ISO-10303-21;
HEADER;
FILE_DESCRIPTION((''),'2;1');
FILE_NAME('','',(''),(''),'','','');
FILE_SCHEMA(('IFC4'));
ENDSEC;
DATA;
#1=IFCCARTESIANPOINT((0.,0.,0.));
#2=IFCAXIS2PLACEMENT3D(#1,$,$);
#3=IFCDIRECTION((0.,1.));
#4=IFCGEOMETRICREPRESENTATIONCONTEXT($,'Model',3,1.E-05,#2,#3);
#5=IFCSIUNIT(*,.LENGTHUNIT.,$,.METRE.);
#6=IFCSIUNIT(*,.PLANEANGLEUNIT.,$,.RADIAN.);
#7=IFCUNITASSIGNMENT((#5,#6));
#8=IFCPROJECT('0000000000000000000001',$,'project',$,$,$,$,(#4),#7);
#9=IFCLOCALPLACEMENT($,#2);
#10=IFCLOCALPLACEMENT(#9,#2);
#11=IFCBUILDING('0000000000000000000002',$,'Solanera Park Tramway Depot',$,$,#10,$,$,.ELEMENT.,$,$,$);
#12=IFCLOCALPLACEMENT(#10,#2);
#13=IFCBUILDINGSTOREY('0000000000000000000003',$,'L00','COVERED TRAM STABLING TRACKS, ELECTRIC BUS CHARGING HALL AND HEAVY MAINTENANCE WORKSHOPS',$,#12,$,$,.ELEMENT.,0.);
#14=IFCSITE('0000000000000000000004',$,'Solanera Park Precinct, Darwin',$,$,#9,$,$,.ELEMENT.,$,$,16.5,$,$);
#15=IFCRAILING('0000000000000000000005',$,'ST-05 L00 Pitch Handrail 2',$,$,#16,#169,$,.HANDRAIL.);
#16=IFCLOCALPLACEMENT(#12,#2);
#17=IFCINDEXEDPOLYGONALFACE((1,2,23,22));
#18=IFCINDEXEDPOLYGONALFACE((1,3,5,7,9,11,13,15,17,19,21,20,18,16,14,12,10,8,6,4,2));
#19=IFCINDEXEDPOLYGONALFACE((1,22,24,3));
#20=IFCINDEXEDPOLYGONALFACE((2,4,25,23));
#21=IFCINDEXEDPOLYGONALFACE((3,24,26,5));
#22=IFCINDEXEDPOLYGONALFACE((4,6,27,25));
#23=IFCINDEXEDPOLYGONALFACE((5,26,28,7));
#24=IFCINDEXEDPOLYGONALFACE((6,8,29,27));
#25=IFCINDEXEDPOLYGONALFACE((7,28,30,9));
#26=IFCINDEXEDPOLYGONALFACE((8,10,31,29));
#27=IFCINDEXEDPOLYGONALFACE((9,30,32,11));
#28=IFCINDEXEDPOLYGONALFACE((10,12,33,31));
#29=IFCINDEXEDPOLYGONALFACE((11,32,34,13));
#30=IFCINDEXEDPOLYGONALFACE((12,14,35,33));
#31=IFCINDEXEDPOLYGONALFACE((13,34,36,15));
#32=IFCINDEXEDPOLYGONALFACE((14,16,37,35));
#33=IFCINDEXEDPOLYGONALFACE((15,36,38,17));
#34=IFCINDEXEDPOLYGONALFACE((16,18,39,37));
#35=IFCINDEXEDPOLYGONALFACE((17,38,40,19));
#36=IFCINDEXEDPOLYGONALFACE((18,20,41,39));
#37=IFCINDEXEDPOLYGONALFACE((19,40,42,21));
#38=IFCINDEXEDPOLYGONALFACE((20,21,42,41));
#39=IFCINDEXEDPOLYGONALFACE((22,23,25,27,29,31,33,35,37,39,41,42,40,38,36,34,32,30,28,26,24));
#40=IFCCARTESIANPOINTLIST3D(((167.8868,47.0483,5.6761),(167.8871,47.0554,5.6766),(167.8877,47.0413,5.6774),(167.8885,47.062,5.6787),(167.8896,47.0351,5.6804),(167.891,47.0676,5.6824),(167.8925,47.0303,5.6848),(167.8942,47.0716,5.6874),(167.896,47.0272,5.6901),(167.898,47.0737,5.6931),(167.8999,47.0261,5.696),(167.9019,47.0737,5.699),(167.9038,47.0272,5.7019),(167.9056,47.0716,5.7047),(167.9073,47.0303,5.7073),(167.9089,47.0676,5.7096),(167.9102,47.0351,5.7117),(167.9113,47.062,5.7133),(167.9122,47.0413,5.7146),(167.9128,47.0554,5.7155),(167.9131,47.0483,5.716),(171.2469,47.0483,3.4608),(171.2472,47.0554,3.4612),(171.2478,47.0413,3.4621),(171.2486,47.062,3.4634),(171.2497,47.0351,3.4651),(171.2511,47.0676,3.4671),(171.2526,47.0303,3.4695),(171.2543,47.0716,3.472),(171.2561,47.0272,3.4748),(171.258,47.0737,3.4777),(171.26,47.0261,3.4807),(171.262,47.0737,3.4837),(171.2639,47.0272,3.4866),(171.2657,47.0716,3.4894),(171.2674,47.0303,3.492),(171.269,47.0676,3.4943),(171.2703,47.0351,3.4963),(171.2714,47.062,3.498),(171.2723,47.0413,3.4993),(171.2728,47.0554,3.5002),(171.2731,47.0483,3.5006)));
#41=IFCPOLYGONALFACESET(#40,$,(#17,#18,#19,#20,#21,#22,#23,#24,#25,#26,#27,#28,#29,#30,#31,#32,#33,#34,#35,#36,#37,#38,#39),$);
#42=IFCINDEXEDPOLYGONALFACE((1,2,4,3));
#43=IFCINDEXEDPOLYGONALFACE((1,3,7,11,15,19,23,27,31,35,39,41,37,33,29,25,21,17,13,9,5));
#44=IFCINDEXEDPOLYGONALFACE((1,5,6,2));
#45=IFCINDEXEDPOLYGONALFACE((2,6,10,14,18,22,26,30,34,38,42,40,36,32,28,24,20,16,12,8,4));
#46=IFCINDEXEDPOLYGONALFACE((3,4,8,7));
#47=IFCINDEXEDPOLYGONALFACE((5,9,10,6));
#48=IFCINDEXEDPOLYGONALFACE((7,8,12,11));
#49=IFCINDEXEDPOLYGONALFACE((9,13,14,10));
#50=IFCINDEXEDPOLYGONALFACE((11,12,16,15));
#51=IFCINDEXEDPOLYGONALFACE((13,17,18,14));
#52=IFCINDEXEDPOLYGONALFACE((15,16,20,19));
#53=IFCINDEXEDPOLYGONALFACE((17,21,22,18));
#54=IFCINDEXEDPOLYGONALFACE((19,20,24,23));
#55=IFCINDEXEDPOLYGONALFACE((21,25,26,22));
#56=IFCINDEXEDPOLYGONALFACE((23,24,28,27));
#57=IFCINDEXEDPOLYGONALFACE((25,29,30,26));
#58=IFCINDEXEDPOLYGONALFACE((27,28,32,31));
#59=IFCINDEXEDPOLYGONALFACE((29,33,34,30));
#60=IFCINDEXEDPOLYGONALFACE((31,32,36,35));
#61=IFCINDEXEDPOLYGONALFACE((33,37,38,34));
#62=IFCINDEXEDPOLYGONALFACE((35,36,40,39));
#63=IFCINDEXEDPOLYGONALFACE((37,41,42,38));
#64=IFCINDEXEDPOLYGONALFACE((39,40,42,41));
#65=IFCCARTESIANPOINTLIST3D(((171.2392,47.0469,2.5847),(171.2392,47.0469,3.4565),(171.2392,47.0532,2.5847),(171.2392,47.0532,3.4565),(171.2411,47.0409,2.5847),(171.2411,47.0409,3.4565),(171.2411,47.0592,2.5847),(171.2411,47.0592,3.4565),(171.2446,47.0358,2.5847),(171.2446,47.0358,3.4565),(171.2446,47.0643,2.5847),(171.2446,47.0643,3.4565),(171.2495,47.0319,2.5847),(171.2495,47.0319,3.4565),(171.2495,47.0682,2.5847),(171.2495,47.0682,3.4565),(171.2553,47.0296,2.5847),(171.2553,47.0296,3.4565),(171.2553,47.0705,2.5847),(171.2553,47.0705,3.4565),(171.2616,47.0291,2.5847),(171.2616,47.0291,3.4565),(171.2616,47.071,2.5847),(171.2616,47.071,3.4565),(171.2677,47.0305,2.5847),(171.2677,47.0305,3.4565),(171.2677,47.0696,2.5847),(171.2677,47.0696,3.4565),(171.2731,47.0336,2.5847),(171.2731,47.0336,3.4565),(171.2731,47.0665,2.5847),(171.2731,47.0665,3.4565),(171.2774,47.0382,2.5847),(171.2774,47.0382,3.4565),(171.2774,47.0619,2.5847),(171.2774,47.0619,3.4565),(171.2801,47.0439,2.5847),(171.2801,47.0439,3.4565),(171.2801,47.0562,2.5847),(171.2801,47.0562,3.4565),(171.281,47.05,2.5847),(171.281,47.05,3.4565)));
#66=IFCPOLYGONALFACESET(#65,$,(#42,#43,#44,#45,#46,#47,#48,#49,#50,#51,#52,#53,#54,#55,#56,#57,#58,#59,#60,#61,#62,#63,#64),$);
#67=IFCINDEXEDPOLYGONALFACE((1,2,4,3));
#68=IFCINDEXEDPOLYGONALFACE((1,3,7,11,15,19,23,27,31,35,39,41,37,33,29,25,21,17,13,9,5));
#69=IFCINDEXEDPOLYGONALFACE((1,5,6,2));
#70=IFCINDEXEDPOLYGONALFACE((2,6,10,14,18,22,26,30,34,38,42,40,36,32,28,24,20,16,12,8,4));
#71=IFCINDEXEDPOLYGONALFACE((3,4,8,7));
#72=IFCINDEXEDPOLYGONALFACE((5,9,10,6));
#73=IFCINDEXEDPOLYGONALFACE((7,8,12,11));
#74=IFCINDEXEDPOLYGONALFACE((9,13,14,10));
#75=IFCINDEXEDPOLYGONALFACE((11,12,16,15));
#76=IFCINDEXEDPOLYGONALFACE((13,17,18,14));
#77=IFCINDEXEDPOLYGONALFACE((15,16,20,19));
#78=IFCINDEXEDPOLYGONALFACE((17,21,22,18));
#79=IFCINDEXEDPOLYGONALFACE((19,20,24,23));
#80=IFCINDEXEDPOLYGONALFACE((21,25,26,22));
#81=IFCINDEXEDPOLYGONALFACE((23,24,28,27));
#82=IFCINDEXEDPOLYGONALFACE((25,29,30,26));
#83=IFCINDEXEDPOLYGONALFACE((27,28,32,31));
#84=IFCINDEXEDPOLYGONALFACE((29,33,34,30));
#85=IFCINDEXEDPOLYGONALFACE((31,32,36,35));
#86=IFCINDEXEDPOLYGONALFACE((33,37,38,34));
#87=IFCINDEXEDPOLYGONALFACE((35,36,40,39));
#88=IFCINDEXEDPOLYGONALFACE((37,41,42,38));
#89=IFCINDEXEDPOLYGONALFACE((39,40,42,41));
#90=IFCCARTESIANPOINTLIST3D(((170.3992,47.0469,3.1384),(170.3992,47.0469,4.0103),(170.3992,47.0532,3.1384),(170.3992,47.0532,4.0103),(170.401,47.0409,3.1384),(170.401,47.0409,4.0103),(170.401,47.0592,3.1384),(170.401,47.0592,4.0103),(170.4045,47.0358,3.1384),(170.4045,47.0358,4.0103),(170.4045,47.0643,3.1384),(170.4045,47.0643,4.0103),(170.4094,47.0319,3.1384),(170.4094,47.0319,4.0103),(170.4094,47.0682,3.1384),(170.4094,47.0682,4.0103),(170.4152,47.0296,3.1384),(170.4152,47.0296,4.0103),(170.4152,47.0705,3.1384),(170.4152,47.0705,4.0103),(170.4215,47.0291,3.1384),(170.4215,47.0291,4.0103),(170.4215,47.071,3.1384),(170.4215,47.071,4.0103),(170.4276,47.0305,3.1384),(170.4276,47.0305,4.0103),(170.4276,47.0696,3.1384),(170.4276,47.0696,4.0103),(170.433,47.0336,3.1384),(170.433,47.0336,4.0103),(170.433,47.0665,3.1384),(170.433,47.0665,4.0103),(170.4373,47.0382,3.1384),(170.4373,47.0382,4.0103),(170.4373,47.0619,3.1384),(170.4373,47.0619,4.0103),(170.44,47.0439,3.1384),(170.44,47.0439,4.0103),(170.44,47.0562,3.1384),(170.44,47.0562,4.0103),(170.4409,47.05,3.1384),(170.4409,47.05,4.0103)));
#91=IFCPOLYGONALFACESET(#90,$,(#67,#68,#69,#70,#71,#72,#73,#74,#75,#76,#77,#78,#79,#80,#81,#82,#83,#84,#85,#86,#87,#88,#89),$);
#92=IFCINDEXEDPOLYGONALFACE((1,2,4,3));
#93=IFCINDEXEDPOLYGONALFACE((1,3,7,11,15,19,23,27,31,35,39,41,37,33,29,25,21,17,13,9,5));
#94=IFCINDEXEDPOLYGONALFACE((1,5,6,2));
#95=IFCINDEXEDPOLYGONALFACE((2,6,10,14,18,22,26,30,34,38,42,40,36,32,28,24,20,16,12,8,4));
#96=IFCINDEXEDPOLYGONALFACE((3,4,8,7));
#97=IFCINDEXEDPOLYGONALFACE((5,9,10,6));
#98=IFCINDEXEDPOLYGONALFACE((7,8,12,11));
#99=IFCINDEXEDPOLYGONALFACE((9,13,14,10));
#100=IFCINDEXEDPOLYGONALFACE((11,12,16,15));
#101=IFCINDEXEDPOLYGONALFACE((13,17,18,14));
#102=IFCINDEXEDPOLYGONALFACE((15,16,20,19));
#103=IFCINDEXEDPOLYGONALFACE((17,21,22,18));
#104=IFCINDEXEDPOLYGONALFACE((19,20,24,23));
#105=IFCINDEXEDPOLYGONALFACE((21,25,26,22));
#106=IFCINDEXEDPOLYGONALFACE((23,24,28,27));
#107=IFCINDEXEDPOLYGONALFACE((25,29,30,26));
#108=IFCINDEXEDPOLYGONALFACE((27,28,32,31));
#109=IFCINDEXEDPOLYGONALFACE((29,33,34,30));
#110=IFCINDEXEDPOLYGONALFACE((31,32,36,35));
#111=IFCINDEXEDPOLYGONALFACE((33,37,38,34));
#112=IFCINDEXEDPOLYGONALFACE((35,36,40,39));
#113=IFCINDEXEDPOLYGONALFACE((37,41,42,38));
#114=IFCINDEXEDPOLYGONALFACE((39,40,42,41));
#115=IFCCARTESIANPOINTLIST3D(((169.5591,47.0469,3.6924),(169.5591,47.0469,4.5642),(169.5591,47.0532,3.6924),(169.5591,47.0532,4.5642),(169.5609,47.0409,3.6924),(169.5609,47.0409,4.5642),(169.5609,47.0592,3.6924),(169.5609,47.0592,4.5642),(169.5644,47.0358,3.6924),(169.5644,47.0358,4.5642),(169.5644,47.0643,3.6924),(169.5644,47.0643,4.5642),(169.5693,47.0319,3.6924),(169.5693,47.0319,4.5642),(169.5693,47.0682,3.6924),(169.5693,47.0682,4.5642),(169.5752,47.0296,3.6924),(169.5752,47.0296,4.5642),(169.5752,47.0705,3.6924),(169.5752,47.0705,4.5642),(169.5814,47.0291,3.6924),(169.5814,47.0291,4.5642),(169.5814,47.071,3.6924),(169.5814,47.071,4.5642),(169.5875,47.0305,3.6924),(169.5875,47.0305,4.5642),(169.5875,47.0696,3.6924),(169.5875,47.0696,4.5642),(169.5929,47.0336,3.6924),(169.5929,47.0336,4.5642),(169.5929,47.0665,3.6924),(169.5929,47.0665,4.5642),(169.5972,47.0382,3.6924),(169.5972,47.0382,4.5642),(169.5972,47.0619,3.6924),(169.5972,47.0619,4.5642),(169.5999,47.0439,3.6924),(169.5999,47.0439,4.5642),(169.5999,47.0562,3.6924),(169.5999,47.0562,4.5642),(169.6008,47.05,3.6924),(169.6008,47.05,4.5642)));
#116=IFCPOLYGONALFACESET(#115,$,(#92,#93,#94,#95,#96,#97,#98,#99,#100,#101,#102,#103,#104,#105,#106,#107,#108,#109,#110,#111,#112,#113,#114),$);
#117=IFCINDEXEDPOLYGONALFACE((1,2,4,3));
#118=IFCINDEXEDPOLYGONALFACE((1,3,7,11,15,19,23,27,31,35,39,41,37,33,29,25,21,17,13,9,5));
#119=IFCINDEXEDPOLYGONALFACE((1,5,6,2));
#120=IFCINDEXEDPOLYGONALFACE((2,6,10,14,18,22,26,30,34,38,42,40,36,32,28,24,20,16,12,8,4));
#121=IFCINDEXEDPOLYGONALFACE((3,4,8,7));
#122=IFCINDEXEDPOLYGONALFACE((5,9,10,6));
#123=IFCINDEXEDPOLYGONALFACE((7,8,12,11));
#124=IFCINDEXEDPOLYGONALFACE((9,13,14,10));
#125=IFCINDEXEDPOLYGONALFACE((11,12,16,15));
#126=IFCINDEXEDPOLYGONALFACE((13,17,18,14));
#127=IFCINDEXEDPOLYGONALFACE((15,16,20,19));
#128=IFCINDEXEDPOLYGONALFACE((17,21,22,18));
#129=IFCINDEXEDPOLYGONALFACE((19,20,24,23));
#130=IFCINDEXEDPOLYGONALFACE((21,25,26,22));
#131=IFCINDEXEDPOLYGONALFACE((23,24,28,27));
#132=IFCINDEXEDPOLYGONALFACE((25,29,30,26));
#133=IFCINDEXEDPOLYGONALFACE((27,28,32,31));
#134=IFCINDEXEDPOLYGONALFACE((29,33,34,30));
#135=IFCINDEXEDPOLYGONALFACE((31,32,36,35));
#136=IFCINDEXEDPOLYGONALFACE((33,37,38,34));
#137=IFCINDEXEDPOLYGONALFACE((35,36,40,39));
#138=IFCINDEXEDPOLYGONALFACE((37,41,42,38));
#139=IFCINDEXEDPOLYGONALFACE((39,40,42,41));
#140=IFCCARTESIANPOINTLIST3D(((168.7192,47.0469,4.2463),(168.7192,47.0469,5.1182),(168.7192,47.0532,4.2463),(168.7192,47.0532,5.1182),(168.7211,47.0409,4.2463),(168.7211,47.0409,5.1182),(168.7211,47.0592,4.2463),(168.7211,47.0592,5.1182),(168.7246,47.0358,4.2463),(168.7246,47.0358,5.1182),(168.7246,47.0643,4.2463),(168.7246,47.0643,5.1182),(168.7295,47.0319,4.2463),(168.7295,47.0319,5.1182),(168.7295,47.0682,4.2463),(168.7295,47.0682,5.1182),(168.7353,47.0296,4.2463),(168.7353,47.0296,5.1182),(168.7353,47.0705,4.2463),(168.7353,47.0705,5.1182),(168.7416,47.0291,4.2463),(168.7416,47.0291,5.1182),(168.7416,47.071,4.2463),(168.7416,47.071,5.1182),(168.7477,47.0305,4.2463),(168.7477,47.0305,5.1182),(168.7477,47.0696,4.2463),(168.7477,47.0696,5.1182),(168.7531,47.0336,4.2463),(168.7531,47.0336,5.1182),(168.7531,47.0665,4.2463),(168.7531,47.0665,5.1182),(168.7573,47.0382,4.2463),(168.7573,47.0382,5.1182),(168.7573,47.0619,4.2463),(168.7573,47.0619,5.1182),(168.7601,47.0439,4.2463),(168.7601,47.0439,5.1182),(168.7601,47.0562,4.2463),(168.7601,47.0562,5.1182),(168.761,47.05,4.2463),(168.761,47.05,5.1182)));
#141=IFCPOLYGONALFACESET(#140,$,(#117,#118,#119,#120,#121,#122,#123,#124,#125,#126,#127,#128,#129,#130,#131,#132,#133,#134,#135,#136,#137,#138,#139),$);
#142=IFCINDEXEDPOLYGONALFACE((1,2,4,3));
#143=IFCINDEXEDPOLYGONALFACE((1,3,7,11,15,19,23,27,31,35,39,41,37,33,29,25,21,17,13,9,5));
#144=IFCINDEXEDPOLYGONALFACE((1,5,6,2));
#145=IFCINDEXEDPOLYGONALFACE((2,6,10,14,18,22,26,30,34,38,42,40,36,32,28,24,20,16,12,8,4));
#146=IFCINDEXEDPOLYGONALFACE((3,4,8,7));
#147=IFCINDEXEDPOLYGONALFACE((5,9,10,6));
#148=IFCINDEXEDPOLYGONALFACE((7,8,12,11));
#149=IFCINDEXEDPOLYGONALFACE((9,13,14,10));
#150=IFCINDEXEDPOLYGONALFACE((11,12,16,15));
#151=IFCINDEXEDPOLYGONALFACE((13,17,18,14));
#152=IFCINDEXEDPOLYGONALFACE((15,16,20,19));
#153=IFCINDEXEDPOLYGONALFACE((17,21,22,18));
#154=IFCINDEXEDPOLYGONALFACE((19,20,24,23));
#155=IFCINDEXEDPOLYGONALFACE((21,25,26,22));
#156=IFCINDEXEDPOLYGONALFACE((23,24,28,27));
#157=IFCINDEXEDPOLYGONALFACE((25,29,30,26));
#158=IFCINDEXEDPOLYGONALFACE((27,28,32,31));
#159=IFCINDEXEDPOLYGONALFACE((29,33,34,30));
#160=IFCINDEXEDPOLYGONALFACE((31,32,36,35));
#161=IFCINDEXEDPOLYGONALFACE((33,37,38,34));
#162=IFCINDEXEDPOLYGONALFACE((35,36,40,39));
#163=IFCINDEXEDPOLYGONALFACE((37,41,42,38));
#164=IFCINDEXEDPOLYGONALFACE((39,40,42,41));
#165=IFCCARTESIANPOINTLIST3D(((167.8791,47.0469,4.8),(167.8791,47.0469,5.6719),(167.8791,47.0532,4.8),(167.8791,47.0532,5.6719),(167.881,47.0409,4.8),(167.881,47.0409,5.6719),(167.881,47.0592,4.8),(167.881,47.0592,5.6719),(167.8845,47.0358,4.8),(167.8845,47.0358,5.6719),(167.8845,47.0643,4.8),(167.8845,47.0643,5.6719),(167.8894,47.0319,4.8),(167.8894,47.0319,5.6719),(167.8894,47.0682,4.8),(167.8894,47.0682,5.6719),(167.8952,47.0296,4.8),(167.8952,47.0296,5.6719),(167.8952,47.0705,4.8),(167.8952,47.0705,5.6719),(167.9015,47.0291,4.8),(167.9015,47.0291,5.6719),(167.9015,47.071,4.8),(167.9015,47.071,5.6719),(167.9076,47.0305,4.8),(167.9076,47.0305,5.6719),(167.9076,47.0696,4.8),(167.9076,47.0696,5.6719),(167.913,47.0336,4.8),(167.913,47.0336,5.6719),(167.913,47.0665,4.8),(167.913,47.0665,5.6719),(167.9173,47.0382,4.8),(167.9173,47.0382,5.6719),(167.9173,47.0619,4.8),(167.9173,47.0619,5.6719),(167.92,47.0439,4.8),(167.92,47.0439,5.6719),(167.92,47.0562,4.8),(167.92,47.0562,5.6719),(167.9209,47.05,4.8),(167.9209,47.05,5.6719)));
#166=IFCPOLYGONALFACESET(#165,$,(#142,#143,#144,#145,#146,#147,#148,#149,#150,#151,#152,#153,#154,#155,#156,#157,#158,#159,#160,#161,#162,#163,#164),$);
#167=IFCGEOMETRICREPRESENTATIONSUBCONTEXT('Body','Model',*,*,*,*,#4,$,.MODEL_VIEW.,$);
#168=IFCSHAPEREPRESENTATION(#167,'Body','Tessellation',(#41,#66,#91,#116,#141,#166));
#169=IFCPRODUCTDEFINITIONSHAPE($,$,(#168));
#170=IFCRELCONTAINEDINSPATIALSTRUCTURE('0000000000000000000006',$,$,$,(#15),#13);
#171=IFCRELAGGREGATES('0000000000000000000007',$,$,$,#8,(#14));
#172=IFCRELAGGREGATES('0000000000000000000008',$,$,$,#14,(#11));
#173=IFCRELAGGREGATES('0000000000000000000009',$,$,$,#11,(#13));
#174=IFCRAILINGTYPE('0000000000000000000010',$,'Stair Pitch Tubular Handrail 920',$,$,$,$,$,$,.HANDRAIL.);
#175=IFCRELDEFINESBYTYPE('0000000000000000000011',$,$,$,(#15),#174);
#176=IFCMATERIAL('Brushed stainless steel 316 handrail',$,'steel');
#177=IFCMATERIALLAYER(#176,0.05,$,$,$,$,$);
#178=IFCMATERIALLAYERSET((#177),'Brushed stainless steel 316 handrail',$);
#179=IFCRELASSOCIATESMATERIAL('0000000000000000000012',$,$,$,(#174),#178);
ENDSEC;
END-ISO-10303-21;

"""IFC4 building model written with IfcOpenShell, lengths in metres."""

from ifc_helpers import new_model, si_unit, direction, frame, origin, origin_2d, place, context, subcontext, project, spatial, circle, extrude, material, layer, layer_set, type_object, element, save


model = new_model("IFC4")

# Units and contexts
model_context = context("Model", 3, precision=1e-05, world=origin(), true_north=direction((0.0, 1.0)))
body_context = subcontext(model_context, "Body", "Model", "MODEL_VIEW")
ifc_project = project(units=[si_unit("LENGTHUNIT", "METRE"), si_unit("PLANEANGLEUNIT", "RADIAN")], contexts=[model_context])

# Site, building, storey
site_placement = place(None, origin())
site = spatial("IfcSite", under=ifc_project, at=site_placement, Name="Solanera Park Precinct, Darwin", CompositionType="ELEMENT", RefElevation=16.5)
building_placement = place(site_placement, origin())
building = spatial("IfcBuilding", under=site, at=building_placement, Name="Solanera Park Tramway Depot", CompositionType="ELEMENT")
storey_placement = place(building_placement, origin())
storey = spatial("IfcBuildingStorey", under=building, at=storey_placement, Name="L00", Description="COVERED TRAM STABLING TRACKS, ELECTRIC BUS CHARGING HALL AND HEAVY MAINTENANCE WORKSHOPS", CompositionType="ELEMENT", Elevation=0.0)

# Railing
ifc_material_1 = material(Name="Brushed stainless steel 316 handrail", Category="steel")
ifc_layer_1 = layer(ifc_material_1, 0.05)
ifc_layer_set_1 = layer_set([ifc_layer_1], Name="Brushed stainless steel 316 handrail")
railing_type_1 = type_object("IfcRailingType", Name="Stair Pitch Tubular Handrail 920", PredefinedType="HANDRAIL", material=ifc_layer_set_1)
railing_1_placement = place(storey_placement, frame((171.26, 47.05, 2.5847)))
element("IfcRailing", 1, at=railing_1_placement, inside=storey, type_object=railing_type_1, Name="ST-05 L00 Pitch Handrail 2", PredefinedType="HANDRAIL", context=body_context, shape_type="SweptSolid", body=[
    extrude(circle(Radius=0.0239, at=origin_2d()), frame((0.0, 0.0, 0.896), z_axis=(-0.834876, 0.0, 0.550437), x_axis=(0.0, -1.0, 0.0)), (0.0, 0.0, 1.0), 4.0247),
    extrude(circle(Radius=0.021, at=origin_2d()), origin(), (0.0, 0.0, 1.0), 0.8718),
    extrude(circle(Radius=0.021, at=origin_2d()), frame((-0.8401, 0.0, 0.5537)), (0.0, 0.0, 1.0), 0.8718),
    extrude(circle(Radius=0.021, at=origin_2d()), frame((-1.6802, 0.0, 1.1077)), (0.0, 0.0, 1.0), 0.8718),
    extrude(circle(Radius=0.021, at=origin_2d()), frame((-2.52, 0.0, 1.6616)), (0.0, 0.0, 1.0), 0.8718),
    extrude(circle(Radius=0.021, at=origin_2d()), frame((-3.3601, 0.0, 2.2153)), (0.0, 0.0, 1.0), 0.8718),
])

save(model, "model.ifc")
